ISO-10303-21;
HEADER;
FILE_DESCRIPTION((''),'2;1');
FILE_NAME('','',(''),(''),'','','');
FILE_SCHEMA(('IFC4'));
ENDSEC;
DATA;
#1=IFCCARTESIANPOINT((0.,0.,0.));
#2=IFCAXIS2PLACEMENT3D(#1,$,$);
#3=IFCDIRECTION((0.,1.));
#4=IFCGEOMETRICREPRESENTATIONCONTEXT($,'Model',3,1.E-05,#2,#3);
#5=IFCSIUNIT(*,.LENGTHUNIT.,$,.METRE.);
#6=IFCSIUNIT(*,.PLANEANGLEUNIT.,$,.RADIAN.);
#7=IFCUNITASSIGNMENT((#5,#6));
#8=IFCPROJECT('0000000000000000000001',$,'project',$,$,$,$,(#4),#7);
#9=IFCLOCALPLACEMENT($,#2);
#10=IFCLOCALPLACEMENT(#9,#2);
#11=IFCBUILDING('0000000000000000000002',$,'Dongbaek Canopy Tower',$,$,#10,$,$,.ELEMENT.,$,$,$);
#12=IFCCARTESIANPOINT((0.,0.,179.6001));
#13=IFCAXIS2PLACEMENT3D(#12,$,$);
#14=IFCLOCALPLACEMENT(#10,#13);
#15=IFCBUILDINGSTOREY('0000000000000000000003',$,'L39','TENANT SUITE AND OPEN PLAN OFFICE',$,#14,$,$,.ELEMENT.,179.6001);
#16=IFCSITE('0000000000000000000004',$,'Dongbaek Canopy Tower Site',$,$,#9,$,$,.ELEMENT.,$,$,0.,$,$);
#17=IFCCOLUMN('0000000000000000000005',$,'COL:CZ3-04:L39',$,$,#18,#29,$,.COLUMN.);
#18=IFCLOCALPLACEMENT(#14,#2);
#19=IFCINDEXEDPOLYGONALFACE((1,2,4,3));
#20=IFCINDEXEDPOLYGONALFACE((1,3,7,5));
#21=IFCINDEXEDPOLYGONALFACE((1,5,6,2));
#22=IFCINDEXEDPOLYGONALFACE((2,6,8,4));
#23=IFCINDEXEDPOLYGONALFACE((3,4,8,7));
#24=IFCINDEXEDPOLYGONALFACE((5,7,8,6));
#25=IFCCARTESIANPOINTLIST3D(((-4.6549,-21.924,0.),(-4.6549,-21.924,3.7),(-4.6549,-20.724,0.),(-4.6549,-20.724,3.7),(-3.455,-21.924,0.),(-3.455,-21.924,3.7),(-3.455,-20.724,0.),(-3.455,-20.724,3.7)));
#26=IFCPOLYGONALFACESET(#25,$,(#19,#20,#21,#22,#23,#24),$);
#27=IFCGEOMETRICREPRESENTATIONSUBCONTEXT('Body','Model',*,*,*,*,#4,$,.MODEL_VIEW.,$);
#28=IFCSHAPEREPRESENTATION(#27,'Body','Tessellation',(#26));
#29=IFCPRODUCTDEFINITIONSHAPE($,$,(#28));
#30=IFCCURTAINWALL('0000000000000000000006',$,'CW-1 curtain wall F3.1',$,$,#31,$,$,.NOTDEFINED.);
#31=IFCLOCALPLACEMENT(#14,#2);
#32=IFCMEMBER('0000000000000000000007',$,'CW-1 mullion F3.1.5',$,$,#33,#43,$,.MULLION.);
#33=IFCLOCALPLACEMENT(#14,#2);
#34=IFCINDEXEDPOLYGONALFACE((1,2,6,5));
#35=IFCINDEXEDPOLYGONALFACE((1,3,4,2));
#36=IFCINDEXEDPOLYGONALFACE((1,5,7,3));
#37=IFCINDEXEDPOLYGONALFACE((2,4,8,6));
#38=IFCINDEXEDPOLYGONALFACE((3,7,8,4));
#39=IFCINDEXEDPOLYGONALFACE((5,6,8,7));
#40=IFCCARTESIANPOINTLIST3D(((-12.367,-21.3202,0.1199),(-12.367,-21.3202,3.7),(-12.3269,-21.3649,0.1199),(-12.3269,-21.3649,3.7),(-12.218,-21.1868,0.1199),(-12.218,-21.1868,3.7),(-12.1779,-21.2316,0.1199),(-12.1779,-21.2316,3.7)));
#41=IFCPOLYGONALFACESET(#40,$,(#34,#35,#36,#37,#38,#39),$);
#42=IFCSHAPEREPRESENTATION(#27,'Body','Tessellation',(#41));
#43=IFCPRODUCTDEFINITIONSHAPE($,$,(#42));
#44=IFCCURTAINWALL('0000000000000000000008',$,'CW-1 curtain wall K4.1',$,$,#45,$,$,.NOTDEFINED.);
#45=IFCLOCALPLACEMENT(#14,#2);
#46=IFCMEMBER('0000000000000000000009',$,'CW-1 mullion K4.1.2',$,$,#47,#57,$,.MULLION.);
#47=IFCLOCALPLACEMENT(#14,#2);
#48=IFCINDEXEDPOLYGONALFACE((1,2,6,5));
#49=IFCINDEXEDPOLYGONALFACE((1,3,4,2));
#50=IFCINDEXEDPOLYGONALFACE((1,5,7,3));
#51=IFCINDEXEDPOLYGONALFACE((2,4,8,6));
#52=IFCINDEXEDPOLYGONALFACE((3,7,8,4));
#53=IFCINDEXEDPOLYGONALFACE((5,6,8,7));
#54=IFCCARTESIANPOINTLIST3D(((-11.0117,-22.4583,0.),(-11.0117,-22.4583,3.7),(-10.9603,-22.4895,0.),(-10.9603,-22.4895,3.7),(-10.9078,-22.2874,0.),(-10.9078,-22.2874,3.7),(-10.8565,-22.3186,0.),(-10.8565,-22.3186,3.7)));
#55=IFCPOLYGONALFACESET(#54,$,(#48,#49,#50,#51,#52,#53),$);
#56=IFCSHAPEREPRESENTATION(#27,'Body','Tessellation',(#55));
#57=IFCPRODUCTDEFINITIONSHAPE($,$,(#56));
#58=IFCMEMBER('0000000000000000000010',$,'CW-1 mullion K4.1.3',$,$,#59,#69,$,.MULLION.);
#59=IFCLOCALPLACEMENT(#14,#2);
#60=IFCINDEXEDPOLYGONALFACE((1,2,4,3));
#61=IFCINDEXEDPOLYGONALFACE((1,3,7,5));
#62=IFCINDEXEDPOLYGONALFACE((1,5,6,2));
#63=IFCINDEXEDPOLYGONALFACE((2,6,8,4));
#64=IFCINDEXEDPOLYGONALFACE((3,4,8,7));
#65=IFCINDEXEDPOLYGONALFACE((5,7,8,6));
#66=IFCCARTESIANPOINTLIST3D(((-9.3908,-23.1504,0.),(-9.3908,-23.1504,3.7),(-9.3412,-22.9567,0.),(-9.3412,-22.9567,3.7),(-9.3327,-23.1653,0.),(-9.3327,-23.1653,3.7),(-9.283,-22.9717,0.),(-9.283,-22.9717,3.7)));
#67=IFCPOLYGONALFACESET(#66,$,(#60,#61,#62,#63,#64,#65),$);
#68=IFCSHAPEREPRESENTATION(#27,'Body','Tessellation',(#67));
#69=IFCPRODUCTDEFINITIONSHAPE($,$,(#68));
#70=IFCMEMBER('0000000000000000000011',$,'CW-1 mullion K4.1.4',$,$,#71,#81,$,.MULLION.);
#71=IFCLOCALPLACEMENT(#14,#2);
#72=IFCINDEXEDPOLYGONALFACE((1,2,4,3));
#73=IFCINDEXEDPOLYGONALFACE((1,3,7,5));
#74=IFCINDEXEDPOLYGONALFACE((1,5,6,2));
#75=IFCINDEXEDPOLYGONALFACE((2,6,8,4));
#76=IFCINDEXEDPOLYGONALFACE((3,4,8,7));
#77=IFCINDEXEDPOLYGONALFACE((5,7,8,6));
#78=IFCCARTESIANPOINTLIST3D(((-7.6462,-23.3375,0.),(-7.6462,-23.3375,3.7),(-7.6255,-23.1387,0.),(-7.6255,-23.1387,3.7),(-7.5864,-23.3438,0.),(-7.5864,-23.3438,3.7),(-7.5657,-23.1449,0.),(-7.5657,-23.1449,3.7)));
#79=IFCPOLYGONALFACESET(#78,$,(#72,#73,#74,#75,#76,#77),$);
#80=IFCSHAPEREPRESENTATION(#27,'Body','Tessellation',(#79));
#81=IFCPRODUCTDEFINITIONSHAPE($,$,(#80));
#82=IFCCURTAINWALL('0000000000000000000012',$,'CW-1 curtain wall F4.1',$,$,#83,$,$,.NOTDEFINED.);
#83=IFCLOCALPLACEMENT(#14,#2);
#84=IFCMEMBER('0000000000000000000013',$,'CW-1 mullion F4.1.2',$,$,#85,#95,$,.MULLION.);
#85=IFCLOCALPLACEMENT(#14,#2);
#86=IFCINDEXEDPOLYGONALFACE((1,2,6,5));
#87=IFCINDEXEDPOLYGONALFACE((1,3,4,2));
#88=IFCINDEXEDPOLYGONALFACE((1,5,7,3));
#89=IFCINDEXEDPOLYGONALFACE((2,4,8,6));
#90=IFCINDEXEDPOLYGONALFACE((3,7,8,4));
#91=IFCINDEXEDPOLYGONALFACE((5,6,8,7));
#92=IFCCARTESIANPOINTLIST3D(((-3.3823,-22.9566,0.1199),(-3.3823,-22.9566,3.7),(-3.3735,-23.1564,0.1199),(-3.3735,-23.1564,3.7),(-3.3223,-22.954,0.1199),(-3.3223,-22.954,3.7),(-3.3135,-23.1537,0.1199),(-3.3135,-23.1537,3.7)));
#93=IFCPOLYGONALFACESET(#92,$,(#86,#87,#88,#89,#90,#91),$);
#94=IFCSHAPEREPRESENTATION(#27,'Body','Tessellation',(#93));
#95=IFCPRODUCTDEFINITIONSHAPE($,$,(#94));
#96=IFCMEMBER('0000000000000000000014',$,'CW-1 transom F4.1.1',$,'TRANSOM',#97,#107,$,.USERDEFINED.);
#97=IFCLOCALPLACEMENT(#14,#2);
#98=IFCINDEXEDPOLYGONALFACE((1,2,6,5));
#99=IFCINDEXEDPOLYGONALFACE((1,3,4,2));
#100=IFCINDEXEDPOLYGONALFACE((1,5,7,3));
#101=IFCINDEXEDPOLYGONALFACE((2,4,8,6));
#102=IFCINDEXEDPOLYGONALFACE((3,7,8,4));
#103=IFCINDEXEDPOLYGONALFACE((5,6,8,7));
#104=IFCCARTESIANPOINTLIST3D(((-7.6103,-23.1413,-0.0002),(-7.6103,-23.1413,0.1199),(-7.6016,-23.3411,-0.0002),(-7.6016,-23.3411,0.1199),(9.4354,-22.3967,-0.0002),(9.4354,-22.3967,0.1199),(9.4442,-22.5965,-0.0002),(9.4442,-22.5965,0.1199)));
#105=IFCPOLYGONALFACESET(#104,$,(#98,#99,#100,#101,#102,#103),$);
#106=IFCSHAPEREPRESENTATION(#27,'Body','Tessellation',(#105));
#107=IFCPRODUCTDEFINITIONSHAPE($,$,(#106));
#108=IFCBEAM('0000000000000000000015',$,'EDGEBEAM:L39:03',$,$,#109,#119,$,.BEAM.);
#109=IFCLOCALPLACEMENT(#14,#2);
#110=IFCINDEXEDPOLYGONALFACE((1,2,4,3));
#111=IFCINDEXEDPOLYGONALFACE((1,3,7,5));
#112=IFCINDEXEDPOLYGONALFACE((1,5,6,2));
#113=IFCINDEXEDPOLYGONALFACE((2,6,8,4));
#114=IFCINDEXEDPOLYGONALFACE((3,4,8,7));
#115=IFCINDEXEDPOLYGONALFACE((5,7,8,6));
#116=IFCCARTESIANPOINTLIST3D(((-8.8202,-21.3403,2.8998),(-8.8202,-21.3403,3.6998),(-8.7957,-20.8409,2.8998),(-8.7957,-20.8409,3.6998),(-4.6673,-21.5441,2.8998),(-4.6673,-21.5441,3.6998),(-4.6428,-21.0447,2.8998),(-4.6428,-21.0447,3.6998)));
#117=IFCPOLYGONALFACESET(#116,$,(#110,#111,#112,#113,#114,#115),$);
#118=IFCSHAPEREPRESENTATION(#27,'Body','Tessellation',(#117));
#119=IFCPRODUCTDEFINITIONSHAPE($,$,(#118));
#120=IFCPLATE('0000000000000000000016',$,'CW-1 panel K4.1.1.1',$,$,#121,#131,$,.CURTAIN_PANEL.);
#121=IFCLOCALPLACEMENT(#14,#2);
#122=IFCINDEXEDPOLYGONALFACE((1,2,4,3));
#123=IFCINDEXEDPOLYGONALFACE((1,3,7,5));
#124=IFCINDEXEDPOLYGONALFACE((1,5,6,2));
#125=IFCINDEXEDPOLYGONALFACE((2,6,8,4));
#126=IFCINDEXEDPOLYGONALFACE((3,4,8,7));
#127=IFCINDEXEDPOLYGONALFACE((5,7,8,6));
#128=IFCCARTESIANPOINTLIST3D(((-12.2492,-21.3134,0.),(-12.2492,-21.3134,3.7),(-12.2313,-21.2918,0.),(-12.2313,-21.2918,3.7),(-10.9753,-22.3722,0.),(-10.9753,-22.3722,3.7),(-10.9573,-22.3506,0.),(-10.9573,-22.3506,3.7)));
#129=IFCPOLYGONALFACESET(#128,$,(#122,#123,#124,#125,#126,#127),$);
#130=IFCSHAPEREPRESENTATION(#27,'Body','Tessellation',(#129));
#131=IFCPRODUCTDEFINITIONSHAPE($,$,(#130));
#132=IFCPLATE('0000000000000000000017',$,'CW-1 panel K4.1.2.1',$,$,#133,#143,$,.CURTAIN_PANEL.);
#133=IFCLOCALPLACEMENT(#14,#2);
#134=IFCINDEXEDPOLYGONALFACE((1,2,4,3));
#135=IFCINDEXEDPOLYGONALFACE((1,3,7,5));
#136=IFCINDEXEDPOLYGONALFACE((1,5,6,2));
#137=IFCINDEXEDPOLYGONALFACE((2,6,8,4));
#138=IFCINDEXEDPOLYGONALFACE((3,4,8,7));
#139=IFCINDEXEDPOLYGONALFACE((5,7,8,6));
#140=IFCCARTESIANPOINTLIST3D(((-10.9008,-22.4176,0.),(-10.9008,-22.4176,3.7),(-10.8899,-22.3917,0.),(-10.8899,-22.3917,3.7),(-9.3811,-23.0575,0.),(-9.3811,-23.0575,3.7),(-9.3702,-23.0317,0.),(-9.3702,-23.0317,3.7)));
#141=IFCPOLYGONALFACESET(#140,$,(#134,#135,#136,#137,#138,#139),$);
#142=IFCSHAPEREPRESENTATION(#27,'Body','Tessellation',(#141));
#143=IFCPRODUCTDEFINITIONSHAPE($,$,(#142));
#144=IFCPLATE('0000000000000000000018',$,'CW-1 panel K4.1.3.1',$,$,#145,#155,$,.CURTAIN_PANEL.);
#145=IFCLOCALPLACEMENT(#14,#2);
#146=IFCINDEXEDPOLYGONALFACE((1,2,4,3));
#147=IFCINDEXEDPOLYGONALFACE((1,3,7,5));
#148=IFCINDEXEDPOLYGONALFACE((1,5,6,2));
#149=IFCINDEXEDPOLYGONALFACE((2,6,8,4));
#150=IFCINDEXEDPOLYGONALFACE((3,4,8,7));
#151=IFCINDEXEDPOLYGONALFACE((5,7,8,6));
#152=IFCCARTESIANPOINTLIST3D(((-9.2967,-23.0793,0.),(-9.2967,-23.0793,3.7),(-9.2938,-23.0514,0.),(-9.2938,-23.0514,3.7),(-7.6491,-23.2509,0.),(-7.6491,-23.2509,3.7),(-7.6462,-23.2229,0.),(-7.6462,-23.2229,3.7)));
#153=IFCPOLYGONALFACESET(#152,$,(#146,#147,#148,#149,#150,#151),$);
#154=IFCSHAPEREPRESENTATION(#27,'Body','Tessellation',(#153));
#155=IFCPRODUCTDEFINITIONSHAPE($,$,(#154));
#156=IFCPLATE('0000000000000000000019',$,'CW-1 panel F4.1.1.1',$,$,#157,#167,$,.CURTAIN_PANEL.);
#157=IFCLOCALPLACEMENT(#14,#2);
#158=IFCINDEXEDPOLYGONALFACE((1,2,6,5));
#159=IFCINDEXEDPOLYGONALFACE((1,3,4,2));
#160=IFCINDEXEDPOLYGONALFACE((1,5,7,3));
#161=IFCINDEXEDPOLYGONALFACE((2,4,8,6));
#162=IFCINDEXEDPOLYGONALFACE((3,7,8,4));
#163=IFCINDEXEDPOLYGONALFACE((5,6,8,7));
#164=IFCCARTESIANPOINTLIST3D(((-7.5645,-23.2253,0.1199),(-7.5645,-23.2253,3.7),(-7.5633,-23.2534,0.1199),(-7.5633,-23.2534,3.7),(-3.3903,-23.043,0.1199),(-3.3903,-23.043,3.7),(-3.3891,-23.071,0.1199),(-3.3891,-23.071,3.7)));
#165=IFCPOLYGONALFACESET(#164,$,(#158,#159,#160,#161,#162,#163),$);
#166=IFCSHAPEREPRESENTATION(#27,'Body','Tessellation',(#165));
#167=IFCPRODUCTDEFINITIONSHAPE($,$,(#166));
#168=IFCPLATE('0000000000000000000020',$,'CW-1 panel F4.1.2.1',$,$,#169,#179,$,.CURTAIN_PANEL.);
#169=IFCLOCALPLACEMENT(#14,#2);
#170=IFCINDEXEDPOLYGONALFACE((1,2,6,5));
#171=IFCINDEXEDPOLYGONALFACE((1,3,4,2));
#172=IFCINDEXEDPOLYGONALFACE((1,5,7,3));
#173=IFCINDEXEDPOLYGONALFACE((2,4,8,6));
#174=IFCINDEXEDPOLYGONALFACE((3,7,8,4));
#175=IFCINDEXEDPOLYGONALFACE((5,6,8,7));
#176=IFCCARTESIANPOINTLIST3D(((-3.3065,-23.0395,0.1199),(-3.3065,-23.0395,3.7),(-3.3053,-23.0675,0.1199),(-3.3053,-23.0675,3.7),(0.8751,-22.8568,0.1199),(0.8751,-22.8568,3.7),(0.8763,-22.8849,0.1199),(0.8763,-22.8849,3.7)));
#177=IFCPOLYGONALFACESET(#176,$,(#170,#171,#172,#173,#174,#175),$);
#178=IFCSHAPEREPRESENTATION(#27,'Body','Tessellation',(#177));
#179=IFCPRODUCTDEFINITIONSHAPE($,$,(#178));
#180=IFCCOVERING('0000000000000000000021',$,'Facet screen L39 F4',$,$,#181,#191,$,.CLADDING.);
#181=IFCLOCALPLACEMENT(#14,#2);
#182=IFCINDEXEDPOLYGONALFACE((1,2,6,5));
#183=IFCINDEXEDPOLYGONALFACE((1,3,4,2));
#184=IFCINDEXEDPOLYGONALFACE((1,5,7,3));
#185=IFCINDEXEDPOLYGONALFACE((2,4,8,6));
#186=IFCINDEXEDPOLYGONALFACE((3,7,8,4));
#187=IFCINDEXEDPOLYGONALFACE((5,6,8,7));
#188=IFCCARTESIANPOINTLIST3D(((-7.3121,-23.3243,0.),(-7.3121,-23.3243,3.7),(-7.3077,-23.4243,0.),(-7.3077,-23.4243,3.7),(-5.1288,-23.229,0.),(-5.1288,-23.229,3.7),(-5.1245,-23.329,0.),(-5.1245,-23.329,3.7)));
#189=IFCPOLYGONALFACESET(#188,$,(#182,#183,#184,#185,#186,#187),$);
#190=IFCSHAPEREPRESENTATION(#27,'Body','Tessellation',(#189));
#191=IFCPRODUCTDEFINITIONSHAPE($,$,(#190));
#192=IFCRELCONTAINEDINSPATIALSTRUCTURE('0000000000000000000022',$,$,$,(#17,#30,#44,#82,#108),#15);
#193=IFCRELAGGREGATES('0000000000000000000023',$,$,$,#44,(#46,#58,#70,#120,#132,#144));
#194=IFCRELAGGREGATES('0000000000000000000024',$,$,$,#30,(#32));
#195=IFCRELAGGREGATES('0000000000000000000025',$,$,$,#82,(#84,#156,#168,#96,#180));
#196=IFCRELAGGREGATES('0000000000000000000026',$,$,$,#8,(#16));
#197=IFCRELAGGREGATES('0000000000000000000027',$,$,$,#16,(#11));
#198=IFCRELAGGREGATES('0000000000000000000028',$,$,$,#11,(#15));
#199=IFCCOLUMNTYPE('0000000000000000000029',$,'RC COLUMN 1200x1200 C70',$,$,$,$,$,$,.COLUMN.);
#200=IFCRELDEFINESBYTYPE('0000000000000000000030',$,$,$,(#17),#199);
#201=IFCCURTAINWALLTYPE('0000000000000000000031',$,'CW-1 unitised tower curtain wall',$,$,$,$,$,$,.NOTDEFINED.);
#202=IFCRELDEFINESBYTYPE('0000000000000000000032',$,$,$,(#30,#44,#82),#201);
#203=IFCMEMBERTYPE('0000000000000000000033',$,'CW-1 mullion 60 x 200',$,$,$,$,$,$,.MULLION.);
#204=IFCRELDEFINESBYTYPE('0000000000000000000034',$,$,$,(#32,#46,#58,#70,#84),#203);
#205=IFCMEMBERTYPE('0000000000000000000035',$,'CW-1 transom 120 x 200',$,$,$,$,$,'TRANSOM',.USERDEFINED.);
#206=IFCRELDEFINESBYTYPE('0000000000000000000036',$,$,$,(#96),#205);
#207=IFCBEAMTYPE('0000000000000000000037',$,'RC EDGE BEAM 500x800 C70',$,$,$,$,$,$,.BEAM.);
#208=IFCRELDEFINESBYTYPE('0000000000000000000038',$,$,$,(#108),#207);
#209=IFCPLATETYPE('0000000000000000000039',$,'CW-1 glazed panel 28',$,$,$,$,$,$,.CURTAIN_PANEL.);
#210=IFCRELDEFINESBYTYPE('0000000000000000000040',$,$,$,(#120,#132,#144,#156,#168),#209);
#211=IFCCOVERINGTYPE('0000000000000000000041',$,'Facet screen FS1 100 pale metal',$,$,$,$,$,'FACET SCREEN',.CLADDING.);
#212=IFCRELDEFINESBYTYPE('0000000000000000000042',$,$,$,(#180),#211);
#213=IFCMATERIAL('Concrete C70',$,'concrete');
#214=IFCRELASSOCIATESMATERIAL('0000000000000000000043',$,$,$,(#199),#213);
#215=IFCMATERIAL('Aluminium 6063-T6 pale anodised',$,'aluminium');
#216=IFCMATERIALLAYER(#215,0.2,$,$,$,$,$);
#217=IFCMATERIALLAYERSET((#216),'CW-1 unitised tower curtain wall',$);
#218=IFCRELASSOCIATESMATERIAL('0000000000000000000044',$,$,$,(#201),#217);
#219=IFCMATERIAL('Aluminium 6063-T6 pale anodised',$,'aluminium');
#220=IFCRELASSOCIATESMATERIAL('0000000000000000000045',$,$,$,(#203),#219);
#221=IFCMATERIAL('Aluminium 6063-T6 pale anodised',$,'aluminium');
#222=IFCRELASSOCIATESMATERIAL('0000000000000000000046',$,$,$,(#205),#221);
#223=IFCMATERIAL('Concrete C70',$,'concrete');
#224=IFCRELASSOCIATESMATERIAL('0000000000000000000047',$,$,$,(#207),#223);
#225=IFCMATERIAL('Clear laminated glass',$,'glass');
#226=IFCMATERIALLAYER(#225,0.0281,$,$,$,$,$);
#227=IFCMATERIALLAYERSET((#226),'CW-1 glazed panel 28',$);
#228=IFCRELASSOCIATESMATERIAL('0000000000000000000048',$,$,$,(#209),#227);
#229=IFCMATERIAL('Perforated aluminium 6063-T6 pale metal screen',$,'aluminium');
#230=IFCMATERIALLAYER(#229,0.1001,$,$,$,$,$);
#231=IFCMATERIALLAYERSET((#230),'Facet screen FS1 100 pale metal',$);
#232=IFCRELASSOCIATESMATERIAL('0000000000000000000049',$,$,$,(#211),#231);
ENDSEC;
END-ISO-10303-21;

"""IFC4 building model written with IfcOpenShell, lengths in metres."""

from ifc_helpers import new_model, si_unit, direction, frame, origin, origin_2d, place, context, subcontext, project, spatial, rectangle, extrude, material, layer, layer_set, material_profile, profile_set, type_object, element, aggregate, save


model = new_model("IFC4")

# Units and contexts
model_context = context("Model", 3, precision=1e-05, world=origin(), true_north=direction((0.0, 1.0)))
body_context = subcontext(model_context, "Body", "Model", "MODEL_VIEW")
ifc_project = project(units=[si_unit("LENGTHUNIT", "METRE"), si_unit("PLANEANGLEUNIT", "RADIAN")], contexts=[model_context])

# Site, building, storey
site_placement = place(None, origin())
site = spatial("IfcSite", under=ifc_project, at=site_placement, Name="Dongbaek Canopy Tower Site", CompositionType="ELEMENT", RefElevation=0.0)
building_placement = place(site_placement, origin())
building = spatial("IfcBuilding", under=site, at=building_placement, Name="Dongbaek Canopy Tower", CompositionType="ELEMENT")
storey_placement = place(building_placement, frame((0.0, 0.0, 179.6001)))
storey = spatial("IfcBuildingStorey", under=building, at=storey_placement, Name="L39", Description="TENANT SUITE AND OPEN PLAN OFFICE", CompositionType="ELEMENT", Elevation=179.6001)

# Column
ifc_material_1 = material(Name="Concrete C70", Category="concrete")
ifc_material_profile_1 = material_profile(ifc_material_1, rectangle(XDim=1.2, YDim=1.2, at=origin_2d()), Name="RC COLUMN 1200x1200 C70")
ifc_profile_set_1 = profile_set([ifc_material_profile_1], Name="Concrete C70")
column_type = type_object("IfcColumnType", Name="RC COLUMN 1200x1200 C70", PredefinedType="COLUMN", material=ifc_profile_set_1)
column_placement = place(storey_placement, frame((-4.0549, -21.324, 0.0), z_axis=(0.0, 0.0, 1.0), x_axis=(1.0, 0.0, 0.0)))
element("IfcColumn", 1, at=column_placement, inside=storey, type_object=column_type, Name="COL:CZ3-04:L39", PredefinedType="COLUMN", context=body_context, shape_type="SweptSolid", body=[
    extrude(rectangle(XDim=1.2, YDim=1.2, at=origin_2d()), origin(), (0.0, 0.0, 1.0), 3.7),
])

# Curtain wall, member
ifc_material_2 = material(Name="Aluminium 6063-T6 pale anodised", Category="aluminium")
ifc_layer_1 = layer(ifc_material_2, 0.2)
ifc_layer_set_1 = layer_set([ifc_layer_1], Name="CW-1 unitised tower curtain wall")
curtain_wall_type = type_object("IfcCurtainWallType", Name="CW-1 unitised tower curtain wall", PredefinedType="NOTDEFINED", material=ifc_layer_set_1)
curtain_wall_1_placement = place(storey_placement, origin())
curtain_wall_1 = element("IfcCurtainWall", 2, at=curtain_wall_1_placement, inside=storey, type_object=curtain_wall_type, Name="CW-1 curtain wall F3.1", PredefinedType="NOTDEFINED")
ifc_material_3 = material(Name="Aluminium 6063-T6 pale anodised", Category="aluminium")
ifc_material_profile_2 = material_profile(ifc_material_3, rectangle(XDim=0.2, YDim=0.0601, at=origin_2d()), Name="CW-1 mullion 60 x 200")
ifc_profile_set_2 = profile_set([ifc_material_profile_2], Name="Aluminium 6063-T6 pale anodised")
member_type_1 = type_object("IfcMemberType", Name="CW-1 mullion 60 x 200", PredefinedType="MULLION", material=ifc_profile_set_2)
member_1_placement = place(storey_placement, frame((-12.2725, -21.2759, 0.1199), z_axis=(0.0, 0.0, 1.0), x_axis=(-0.745211, -0.666829, 0.0)))
member_1 = element("IfcMember", 3, at=member_1_placement, type_object=member_type_1, Name="CW-1 mullion F3.1.5", PredefinedType="MULLION", context=body_context, shape_type="SweptSolid", body=[
    extrude(rectangle(XDim=0.2, YDim=0.0601, at=origin_2d()), origin(), (0.0, 0.0, 1.0), 3.5801),
])

# Curtain walls, members
curtain_wall_2_placement = place(storey_placement, origin())
curtain_wall_2 = element("IfcCurtainWall", 4, at=curtain_wall_2_placement, inside=storey, type_object=curtain_wall_type, Name="CW-1 curtain wall K4.1", PredefinedType="NOTDEFINED")
member_2_placement = place(storey_placement, frame((-10.9341, -22.3884, 0.0), z_axis=(0.0, 0.0, 1.0), x_axis=(-0.519286, -0.8546, 0.0)))
member_2 = element("IfcMember", 5, at=member_2_placement, type_object=member_type_1, Name="CW-1 mullion K4.1.2", PredefinedType="MULLION", context=body_context, shape_type="SweptSolid", body=[
    extrude(rectangle(XDim=0.2, YDim=0.0601, at=origin_2d()), origin(), (0.0, 0.0, 1.0), 3.7),
])
member_3_placement = place(storey_placement, frame((-9.3369, -23.061, 0.0), z_axis=(0.0, 0.0, 1.0), x_axis=(-0.248548, -0.96862, 0.0)))
member_3 = element("IfcMember", 6, at=member_3_placement, type_object=member_type_1, Name="CW-1 mullion K4.1.3", PredefinedType="MULLION", context=body_context, shape_type="SweptSolid", body=[
    extrude(rectangle(XDim=0.2, YDim=0.0601, at=origin_2d()), origin(), (0.0, 0.0, 1.0), 3.7),
])
member_4_placement = place(storey_placement, frame((-7.606, -23.2412, 0.0), z_axis=(0.0, 0.0, 1.0), x_axis=(-0.103577, -0.994621, 0.0)))
member_4 = element("IfcMember", 7, at=member_4_placement, type_object=member_type_1, Name="CW-1 mullion K4.1.4", PredefinedType="MULLION", context=body_context, shape_type="SweptSolid", body=[
    extrude(rectangle(XDim=0.2, YDim=0.0601, at=origin_2d()), origin(), (0.0, 0.0, 1.0), 3.7),
])
curtain_wall_3_placement = place(storey_placement, origin())
curtain_wall_3 = element("IfcCurtainWall", 8, at=curtain_wall_3_placement, inside=storey, type_object=curtain_wall_type, Name="CW-1 curtain wall F4.1", PredefinedType="NOTDEFINED")
member_5_placement = place(storey_placement, frame((-3.3479, -23.0552, 0.1199), z_axis=(0.0, 0.0, 1.0), x_axis=(0.04364, -0.999047, 0.0)))
member_5 = element("IfcMember", 9, at=member_5_placement, type_object=member_type_1, Name="CW-1 mullion F4.1.2", PredefinedType="MULLION", context=body_context, shape_type="SweptSolid", body=[
    extrude(rectangle(XDim=0.2, YDim=0.0601, at=origin_2d()), origin(), (0.0, 0.0, 1.0), 3.5801),
])
ifc_material_4 = material(Name="Aluminium 6063-T6 pale anodised", Category="aluminium")
ifc_material_profile_3 = material_profile(ifc_material_4, rectangle(XDim=0.2, YDim=0.1201, at=origin_2d()), Name="CW-1 transom 120 x 200")
ifc_profile_set_3 = profile_set([ifc_material_profile_3], Name="Aluminium 6063-T6 pale anodised")
member_type_2 = type_object("IfcMemberType", Name="CW-1 transom 120 x 200", ElementType="TRANSOM", PredefinedType="USERDEFINED", material=ifc_profile_set_3)
member_6_placement = place(storey_placement, frame((-7.606, -23.2412, 0.0598), z_axis=(0.999047, 0.043643, 0.0), x_axis=(-0.043643, 0.999047, 0.0)))
member_6 = element("IfcMember", 10, at=member_6_placement, type_object=member_type_2, Name="CW-1 transom F4.1.1", ObjectType="TRANSOM", PredefinedType="USERDEFINED", context=body_context, shape_type="SweptSolid", body=[
    extrude(rectangle(XDim=0.2, YDim=0.1201, at=origin_2d()), origin(), (0.0, 0.0, 1.0), 17.062),
])

# Beam
ifc_material_5 = material(Name="Concrete C70", Category="concrete")
ifc_material_profile_4 = material_profile(ifc_material_5, rectangle(XDim=0.5, YDim=0.8, at=origin_2d()), Name="RC EDGE BEAM 500x800 C70")
ifc_profile_set_4 = profile_set([ifc_material_profile_4], Name="Concrete C70")
beam_type = type_object("IfcBeamType", Name="RC EDGE BEAM 500x800 C70", PredefinedType="BEAM", material=ifc_profile_set_4)
beam_placement = place(storey_placement, frame((-4.655, -21.2944, 3.2998), z_axis=(-0.998797, 0.049027, 0.0), x_axis=(-0.049027, -0.998797, 0.0)))
element("IfcBeam", 11, at=beam_placement, inside=storey, type_object=beam_type, Name="EDGEBEAM:L39:03", PredefinedType="BEAM", context=body_context, shape_type="SweptSolid", body=[
    extrude(rectangle(XDim=0.5, YDim=0.8, at=origin_2d()), origin(), (0.0, 0.0, 1.0), 4.158),
])

# Plates
ifc_material_6 = material(Name="Clear laminated glass", Category="glass")
ifc_layer_2 = layer(ifc_material_6, 0.0281)
ifc_layer_set_2 = layer_set([ifc_layer_2], Name="CW-1 glazed panel 28")
plate_type = type_object("IfcPlateType", Name="CW-1 glazed panel 28", PredefinedType="CURTAIN_PANEL", material=ifc_layer_set_2)
plate_1_placement = place(storey_placement, frame((-11.6033, -21.832, 0.0), z_axis=(0.0, 0.0, 1.0), x_axis=(0.769056, -0.639181, 0.0)))
plate_1 = element("IfcPlate", 12, at=plate_1_placement, type_object=plate_type, Name="CW-1 panel K4.1.1.1", PredefinedType="CURTAIN_PANEL", context=body_context, shape_type="SweptSolid", body=[
    extrude(rectangle(XDim=1.6565, YDim=0.0281, at=origin_2d()), origin(), (0.0, 0.0, 1.0), 3.7),
])
plate_2_placement = place(storey_placement, frame((-10.1355, -22.7246, 0.0), z_axis=(0.0, 0.0, 1.0), x_axis=(0.921606, -0.388127, 0.0)))
plate_2 = element("IfcPlate", 13, at=plate_2_placement, type_object=plate_type, Name="CW-1 panel K4.1.2.1", PredefinedType="CURTAIN_PANEL", context=body_context, shape_type="SweptSolid", body=[
    extrude(rectangle(XDim=1.6489, YDim=0.0281, at=origin_2d()), origin(), (0.0, 0.0, 1.0), 3.7),
])
plate_3_placement = place(storey_placement, frame((-8.4714, -23.1511, 0.0), z_axis=(0.0, 0.0, 1.0), x_axis=(0.994621, -0.103577, 0.0)))
plate_3 = element("IfcPlate", 14, at=plate_3_placement, type_object=plate_type, Name="CW-1 panel K4.1.3.1", PredefinedType="CURTAIN_PANEL", context=body_context, shape_type="SweptSolid", body=[
    extrude(rectangle(XDim=1.6565, YDim=0.0281, at=origin_2d()), origin(), (0.0, 0.0, 1.0), 3.7),
])
aggregate(curtain_wall_2, [member_2, member_3, member_4, plate_1, plate_2, plate_3])
plate_4_placement = place(storey_placement, frame((-5.4768, -23.1482, 0.1199), z_axis=(0.0, 0.0, 1.0), x_axis=(0.999047, 0.04364, 0.0)))
plate_4 = element("IfcPlate", 15, at=plate_4_placement, type_object=plate_type, Name="CW-1 panel F4.1.1.1", PredefinedType="CURTAIN_PANEL", context=body_context, shape_type="SweptSolid", body=[
    extrude(rectangle(XDim=4.1782, YDim=0.0281, at=origin_2d()), origin(), (0.0, 0.0, 1.0), 3.5801),
])
plate_5_placement = place(storey_placement, frame((-1.2151, -22.9622, 0.1199), z_axis=(0.0, 0.0, 1.0), x_axis=(0.999047, 0.04364, 0.0)))
plate_5 = element("IfcPlate", 16, at=plate_5_placement, type_object=plate_type, Name="CW-1 panel F4.1.2.1", PredefinedType="CURTAIN_PANEL", context=body_context, shape_type="SweptSolid", body=[
    extrude(rectangle(XDim=4.1855, YDim=0.0281, at=origin_2d()), origin(), (0.0, 0.0, 1.0), 3.5801),
])

# Covering
ifc_material_7 = material(Name="Perforated aluminium 6063-T6 pale metal screen", Category="aluminium")
ifc_layer_3 = layer(ifc_material_7, 0.1001)
ifc_layer_set_3 = layer_set([ifc_layer_3], Name="Facet screen FS1 100 pale metal")
covering_type_1 = type_object("IfcCoveringType", Name="Facet screen FS1 100 pale metal", ElementType="FACET SCREEN", PredefinedType="CLADDING", material=ifc_layer_set_3)
covering_1_placement = place(storey_placement, frame((-6.2183, -23.3267, 0.0), z_axis=(0.0, 0.0, 1.0), x_axis=(0.999047, 0.04364, 0.0)))
covering_1 = element("IfcCovering", 17, at=covering_1_placement, type_object=covering_type_1, Name="Facet screen L39 F4", PredefinedType="CLADDING", context=body_context, shape_type="SweptSolid", body=[
    extrude(rectangle(XDim=2.1853, YDim=0.1001, at=origin_2d()), origin(), (0.0, 0.0, 1.0), 3.7),
])
aggregate(curtain_wall_1, [member_1])
aggregate(curtain_wall_3, [member_5, plate_4, plate_5, member_6, covering_1])

save(model, "model.ifc")
